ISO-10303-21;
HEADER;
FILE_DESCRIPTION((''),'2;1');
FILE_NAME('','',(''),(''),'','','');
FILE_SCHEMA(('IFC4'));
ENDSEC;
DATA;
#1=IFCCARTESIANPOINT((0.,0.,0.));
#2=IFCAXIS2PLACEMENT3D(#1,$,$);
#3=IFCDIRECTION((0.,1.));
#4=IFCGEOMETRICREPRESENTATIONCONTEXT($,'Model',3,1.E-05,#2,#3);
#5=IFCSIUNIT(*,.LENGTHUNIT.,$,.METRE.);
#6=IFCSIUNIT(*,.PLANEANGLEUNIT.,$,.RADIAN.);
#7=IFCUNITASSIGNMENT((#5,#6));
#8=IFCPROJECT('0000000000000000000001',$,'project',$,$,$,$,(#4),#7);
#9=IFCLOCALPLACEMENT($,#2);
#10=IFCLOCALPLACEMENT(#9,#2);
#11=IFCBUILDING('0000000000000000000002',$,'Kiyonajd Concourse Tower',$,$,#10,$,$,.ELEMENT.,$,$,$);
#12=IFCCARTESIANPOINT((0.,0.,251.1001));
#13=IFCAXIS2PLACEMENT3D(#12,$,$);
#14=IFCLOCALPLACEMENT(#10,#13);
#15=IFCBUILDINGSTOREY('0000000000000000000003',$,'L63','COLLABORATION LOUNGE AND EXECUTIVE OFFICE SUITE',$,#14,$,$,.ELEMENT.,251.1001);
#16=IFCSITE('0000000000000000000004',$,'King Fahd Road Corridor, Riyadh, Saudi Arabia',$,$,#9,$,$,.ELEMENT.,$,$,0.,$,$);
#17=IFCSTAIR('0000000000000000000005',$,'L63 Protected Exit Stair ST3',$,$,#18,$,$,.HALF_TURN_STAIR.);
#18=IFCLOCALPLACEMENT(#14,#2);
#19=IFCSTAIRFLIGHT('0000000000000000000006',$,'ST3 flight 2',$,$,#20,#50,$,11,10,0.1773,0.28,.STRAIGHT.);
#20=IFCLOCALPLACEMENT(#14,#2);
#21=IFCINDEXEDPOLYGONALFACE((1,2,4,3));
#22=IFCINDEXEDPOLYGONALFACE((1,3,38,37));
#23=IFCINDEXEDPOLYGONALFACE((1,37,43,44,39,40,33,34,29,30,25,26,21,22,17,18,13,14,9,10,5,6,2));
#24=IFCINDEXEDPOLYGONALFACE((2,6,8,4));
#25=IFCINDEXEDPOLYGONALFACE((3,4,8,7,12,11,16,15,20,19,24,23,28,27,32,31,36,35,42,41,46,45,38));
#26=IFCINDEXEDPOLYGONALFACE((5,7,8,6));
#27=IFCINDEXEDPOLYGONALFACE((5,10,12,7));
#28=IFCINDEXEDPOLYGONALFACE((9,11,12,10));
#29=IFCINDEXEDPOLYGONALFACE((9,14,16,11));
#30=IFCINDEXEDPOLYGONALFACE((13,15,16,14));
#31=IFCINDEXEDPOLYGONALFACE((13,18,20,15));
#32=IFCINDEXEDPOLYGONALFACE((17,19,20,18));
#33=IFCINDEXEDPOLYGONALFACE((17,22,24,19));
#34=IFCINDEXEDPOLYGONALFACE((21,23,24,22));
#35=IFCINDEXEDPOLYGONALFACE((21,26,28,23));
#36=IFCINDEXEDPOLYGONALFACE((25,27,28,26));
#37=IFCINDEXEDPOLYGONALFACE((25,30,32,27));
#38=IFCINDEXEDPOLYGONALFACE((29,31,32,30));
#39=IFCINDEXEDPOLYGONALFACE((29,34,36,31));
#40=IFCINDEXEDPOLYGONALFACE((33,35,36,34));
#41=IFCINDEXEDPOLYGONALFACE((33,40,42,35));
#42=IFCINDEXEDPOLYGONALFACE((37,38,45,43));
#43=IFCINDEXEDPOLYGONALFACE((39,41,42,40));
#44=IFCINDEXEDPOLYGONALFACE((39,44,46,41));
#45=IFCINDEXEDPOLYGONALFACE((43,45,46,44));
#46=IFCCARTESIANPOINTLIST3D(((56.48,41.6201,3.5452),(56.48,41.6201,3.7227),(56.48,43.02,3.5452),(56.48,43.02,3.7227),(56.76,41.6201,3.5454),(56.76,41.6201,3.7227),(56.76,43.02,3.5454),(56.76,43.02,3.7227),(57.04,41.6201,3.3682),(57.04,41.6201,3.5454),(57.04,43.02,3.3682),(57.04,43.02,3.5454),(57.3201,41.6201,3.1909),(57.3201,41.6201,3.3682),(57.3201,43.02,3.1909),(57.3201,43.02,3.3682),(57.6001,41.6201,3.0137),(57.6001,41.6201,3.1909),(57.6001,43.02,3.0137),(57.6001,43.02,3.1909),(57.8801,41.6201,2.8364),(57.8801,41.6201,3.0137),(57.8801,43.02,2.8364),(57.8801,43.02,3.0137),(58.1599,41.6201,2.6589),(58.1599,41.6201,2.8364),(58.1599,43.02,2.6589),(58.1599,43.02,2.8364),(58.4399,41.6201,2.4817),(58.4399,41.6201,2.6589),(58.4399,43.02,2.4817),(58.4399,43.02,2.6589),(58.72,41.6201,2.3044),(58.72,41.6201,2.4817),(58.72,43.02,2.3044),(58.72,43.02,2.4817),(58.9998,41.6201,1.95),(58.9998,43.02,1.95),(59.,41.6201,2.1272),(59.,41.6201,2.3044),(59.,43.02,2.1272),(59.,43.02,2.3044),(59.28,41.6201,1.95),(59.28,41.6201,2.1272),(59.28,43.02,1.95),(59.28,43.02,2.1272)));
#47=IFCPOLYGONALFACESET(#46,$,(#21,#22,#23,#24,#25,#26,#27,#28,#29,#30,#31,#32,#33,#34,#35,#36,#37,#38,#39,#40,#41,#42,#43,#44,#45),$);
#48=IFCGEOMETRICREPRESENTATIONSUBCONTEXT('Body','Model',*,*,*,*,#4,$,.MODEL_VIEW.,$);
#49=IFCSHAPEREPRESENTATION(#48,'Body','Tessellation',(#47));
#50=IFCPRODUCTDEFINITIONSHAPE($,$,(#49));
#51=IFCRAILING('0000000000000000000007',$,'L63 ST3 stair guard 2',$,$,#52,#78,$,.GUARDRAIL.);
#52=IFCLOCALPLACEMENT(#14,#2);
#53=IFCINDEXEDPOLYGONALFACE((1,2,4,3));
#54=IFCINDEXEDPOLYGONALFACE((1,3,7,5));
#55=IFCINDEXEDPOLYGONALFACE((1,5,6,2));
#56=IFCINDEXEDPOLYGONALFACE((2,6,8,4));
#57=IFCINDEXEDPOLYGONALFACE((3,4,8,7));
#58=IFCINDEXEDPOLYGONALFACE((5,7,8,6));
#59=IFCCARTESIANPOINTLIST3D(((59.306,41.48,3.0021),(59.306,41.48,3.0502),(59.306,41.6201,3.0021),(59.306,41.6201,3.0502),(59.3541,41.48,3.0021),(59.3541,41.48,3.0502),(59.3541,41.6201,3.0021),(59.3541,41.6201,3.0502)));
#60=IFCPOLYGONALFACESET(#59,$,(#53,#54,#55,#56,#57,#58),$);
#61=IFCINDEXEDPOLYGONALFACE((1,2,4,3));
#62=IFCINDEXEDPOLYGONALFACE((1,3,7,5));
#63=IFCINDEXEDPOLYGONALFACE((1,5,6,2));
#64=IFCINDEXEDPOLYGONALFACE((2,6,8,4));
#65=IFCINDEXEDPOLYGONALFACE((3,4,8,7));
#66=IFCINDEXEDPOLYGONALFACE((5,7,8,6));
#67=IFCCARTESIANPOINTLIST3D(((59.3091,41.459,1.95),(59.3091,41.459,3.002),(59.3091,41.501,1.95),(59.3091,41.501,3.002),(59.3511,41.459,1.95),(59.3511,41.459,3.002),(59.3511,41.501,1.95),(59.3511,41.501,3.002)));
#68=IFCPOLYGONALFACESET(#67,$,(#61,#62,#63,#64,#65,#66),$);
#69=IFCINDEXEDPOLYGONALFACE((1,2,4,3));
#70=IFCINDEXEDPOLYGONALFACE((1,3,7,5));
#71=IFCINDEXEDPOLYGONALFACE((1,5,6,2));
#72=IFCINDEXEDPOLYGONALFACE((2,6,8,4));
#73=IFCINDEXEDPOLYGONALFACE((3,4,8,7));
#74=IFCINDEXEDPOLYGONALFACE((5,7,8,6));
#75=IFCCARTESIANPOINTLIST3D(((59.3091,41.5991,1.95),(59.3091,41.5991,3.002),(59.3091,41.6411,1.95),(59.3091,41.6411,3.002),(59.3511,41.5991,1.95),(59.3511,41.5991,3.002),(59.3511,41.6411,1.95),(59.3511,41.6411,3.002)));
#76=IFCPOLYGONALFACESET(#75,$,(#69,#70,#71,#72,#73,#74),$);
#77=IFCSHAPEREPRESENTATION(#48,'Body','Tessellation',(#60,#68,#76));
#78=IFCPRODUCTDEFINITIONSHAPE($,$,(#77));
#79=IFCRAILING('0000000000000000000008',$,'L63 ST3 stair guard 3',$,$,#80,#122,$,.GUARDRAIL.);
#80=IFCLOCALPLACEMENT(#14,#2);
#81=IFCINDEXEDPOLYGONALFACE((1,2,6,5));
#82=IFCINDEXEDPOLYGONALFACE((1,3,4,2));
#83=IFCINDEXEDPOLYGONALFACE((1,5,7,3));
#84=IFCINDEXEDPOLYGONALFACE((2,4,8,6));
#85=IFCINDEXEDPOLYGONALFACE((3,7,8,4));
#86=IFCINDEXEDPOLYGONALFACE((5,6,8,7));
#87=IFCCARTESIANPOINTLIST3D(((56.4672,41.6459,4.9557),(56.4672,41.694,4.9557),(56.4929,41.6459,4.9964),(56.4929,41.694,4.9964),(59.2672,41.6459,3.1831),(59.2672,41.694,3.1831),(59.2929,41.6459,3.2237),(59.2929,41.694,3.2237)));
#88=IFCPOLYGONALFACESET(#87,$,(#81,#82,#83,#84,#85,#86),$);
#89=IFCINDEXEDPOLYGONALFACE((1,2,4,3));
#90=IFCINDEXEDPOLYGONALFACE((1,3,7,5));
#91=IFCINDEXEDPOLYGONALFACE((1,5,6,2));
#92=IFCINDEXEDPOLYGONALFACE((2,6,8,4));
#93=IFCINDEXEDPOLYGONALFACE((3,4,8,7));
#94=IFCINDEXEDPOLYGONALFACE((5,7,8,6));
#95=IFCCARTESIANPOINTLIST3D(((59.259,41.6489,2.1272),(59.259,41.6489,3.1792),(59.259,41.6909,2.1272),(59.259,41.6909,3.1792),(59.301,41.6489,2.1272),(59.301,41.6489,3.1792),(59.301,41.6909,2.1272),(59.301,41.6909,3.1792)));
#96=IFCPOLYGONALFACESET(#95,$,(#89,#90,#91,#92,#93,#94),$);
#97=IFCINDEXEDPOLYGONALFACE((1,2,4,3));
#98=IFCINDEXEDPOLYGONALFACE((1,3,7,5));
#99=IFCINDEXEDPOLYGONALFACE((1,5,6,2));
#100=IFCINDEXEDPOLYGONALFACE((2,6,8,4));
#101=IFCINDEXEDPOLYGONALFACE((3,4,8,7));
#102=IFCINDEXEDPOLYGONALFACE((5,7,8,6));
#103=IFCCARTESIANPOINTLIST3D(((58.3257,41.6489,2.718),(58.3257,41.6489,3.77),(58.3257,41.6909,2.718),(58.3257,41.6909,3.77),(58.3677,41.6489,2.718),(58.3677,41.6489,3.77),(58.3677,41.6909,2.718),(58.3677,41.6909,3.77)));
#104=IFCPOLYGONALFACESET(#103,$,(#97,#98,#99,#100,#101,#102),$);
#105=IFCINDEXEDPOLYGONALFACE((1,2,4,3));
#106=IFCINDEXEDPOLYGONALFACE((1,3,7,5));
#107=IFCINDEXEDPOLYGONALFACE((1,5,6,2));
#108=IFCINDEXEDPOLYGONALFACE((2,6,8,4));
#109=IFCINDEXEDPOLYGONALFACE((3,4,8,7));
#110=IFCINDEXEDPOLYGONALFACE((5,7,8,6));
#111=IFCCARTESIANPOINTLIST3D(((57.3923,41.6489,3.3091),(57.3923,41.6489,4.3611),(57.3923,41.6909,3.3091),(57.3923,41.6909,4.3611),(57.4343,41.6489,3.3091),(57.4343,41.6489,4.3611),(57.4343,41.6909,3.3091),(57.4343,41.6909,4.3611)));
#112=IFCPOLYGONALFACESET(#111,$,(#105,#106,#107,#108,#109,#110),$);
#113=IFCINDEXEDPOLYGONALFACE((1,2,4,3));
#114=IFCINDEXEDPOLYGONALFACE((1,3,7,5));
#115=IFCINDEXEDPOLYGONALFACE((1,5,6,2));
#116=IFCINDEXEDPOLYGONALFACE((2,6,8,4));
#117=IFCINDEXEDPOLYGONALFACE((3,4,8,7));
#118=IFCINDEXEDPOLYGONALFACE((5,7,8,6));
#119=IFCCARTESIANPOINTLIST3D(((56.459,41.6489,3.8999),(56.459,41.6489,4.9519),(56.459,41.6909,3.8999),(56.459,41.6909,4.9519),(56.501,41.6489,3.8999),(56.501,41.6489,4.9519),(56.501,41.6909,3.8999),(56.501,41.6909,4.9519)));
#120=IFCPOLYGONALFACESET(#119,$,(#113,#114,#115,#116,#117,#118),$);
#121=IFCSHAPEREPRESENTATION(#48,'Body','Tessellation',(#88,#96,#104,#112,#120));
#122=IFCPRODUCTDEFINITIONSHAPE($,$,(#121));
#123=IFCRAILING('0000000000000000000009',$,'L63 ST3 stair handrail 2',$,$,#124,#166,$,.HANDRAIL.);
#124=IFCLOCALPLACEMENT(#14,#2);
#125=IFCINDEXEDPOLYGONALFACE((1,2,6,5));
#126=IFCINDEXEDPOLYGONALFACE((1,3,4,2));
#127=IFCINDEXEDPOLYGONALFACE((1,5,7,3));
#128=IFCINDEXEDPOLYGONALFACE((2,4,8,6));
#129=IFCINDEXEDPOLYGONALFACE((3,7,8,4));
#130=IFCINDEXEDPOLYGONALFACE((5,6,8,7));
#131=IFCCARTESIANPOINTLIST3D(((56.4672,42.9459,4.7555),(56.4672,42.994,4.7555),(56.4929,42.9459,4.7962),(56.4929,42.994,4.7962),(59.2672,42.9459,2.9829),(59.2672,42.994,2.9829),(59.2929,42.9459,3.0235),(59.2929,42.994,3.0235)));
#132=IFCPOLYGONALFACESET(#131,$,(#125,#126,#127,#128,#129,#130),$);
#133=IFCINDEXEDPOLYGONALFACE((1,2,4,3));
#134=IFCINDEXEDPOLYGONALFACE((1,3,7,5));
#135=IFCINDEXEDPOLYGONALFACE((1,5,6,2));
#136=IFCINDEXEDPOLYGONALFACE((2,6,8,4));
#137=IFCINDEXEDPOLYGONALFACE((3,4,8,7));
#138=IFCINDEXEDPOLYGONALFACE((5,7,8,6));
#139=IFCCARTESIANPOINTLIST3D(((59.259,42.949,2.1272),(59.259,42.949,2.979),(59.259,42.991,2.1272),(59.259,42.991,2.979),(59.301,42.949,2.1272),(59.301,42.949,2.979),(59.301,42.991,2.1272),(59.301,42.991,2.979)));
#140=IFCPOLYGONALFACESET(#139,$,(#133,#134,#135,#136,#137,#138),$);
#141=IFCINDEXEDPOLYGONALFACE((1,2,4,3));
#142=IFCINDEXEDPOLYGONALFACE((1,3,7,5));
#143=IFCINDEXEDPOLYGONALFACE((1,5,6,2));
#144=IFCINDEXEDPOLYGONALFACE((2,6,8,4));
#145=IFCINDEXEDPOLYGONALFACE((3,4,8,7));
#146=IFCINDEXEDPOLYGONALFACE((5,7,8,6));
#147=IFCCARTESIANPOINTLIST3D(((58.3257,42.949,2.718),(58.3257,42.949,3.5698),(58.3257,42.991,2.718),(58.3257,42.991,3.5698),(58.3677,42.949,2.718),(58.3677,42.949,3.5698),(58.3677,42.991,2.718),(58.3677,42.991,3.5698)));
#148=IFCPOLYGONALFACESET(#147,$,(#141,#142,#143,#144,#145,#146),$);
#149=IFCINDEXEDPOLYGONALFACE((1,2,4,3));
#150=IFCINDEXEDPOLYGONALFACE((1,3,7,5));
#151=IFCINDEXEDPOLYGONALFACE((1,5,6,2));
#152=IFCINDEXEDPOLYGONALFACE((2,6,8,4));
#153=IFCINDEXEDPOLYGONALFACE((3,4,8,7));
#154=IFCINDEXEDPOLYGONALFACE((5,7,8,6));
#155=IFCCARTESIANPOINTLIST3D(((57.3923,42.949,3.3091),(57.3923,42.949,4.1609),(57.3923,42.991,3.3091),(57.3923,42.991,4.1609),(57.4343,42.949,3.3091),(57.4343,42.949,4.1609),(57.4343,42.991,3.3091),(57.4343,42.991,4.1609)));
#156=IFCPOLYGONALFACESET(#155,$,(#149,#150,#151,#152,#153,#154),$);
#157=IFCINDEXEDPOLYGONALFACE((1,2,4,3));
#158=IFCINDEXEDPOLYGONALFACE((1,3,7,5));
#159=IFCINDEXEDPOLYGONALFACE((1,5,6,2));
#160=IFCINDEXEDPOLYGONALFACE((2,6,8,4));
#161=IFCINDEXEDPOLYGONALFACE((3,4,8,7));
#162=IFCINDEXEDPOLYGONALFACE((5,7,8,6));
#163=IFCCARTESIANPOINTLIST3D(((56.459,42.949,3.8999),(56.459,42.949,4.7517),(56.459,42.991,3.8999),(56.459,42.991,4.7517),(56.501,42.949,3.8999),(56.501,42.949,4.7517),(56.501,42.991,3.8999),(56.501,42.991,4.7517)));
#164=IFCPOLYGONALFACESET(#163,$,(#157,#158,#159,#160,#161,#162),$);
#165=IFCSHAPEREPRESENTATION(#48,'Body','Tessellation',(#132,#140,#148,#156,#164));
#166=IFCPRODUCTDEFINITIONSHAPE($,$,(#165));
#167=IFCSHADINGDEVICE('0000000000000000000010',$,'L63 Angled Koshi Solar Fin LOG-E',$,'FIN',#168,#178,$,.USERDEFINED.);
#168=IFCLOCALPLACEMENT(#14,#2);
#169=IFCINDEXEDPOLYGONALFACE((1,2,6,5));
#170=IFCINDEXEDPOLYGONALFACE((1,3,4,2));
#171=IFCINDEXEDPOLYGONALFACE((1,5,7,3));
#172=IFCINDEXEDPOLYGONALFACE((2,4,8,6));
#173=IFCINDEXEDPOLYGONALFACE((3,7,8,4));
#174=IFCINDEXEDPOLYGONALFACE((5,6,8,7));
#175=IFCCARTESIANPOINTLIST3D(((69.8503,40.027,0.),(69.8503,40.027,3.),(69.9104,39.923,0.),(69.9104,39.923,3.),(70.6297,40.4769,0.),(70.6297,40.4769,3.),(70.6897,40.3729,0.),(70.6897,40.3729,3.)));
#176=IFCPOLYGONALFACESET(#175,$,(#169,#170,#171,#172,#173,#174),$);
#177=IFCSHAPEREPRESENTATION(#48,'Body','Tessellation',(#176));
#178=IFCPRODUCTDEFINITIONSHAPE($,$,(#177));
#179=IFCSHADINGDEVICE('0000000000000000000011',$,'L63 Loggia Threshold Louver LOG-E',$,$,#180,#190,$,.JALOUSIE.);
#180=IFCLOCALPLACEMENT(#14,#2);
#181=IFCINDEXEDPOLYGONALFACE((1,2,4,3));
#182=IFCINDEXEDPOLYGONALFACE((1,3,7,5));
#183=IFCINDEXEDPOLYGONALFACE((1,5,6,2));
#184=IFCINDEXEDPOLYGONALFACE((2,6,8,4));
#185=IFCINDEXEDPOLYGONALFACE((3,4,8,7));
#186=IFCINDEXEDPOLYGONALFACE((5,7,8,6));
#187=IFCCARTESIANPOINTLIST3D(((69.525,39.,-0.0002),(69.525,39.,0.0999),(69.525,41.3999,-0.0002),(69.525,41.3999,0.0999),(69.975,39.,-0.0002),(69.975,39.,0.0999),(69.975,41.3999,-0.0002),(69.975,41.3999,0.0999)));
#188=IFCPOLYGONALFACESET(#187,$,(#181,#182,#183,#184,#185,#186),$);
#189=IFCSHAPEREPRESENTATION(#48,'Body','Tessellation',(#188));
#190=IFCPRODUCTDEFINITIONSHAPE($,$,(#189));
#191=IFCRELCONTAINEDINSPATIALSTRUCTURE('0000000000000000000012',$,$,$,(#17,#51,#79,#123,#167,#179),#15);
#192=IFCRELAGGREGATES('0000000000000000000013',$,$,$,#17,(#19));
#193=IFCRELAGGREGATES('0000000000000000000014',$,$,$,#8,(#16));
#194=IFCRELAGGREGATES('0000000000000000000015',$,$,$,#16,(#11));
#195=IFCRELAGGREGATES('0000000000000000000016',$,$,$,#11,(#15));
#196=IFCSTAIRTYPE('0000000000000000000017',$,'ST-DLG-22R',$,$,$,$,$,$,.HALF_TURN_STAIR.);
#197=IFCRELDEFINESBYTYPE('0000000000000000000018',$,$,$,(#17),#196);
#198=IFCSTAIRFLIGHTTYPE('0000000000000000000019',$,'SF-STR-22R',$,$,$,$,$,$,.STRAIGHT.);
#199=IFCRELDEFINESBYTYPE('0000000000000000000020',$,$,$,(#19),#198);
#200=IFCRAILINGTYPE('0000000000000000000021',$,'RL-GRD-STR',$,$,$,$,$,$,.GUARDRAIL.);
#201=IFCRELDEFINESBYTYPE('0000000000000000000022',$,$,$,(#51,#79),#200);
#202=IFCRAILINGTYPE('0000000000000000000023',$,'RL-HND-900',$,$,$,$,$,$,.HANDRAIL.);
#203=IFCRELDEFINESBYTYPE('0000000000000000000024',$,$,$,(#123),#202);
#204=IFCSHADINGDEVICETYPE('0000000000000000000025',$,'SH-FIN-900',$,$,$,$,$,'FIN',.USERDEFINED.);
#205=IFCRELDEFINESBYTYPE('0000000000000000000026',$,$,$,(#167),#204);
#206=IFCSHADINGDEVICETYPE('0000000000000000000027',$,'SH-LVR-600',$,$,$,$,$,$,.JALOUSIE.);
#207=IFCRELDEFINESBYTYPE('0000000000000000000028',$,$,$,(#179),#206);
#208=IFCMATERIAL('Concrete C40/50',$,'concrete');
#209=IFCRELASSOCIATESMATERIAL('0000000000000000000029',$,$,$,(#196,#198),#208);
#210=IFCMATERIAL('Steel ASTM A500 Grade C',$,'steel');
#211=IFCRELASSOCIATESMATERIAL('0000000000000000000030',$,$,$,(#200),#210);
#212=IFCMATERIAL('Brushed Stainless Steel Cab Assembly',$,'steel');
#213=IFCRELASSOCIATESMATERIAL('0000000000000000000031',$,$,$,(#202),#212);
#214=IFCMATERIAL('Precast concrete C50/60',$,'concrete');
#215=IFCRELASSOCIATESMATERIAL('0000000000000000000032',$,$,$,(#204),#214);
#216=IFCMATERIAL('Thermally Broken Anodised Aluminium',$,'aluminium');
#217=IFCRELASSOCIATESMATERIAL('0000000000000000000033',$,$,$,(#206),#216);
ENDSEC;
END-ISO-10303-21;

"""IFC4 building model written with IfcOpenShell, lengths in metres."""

from ifc_helpers import new_model, si_unit, direction, frame, origin, origin_2d, place, context, subcontext, project, spatial, polyline, rectangle, outline, extrude, material, type_object, element, aggregate, save


model = new_model("IFC4")

# Units and contexts
model_context = context("Model", 3, precision=1e-05, world=origin(), true_north=direction((0.0, 1.0)))
body_context = subcontext(model_context, "Body", "Model", "MODEL_VIEW")
ifc_project = project(units=[si_unit("LENGTHUNIT", "METRE"), si_unit("PLANEANGLEUNIT", "RADIAN")], contexts=[model_context])

# Site, building, storey
site_placement = place(None, origin())
site = spatial("IfcSite", under=ifc_project, at=site_placement, Name="King Fahd Road Corridor, Riyadh, Saudi Arabia", CompositionType="ELEMENT", RefElevation=0.0)
building_placement = place(site_placement, origin())
building = spatial("IfcBuilding", under=site, at=building_placement, Name="Kiyonajd Concourse Tower", CompositionType="ELEMENT")
storey_placement = place(building_placement, frame((0.0, 0.0, 251.1001)))
storey = spatial("IfcBuildingStorey", under=building, at=storey_placement, Name="L63", Description="COLLABORATION LOUNGE AND EXECUTIVE OFFICE SUITE", CompositionType="ELEMENT", Elevation=251.1001)

# Shared definitions
ifc_material_1 = material(Name="Steel ASTM A500 Grade C", Category="steel")

# Shared definitions
ifc_material_2 = material(Name="Thermally Broken Anodised Aluminium", Category="aluminium")

# Shared definitions
ifc_material_3 = material(Name="Precast concrete C50/60", Category="concrete")

# Stair, stair flight
ifc_material_4 = material(Name="Concrete C40/50", Category="concrete")
stair_type = type_object("IfcStairType", Name="ST-DLG-22R", PredefinedType="HALF_TURN_STAIR", material=ifc_material_4)
stair_placement = place(storey_placement, origin())
stair = element("IfcStair", 1, at=stair_placement, inside=storey, type_object=stair_type, Name="L63 Protected Exit Stair ST3", PredefinedType="HALF_TURN_STAIR")
stair_flight_type = type_object("IfcStairFlightType", Name="SF-STR-22R", PredefinedType="STRAIGHT", material=ifc_material_4)
stair_flight_placement = place(storey_placement, frame((59.28, 42.3201, 1.95), z_axis=(0.0, 0.0, 1.0), x_axis=(-1.0, 0.0, 0.0)))
stair_flight = element("IfcStairFlight", 2, at=stair_flight_placement, type_object=stair_flight_type, Name="ST3 flight 2", NumberOfRisers=11, NumberOfTreads=10, PredefinedType="STRAIGHT", RiserHeight=0.1773, TreadLength=0.28, context=body_context, shape_type="SweptSolid", body=[
    extrude(outline(polyline([(0.0, 0.0), (0.0, 0.1772), (0.28, 0.1772), (0.28, 0.3545), (0.5601, 0.3545), (0.5601, 0.5317), (0.8401, 0.5317), (0.8401, 0.709), (1.1201, 0.709), (1.1201, 0.8865), (1.3999, 0.8865), (1.3999, 1.0637), (1.6799, 1.0637), (1.6799, 1.241), (1.96, 1.241), (1.96, 1.4182), (2.24, 1.4182), (2.24, 1.5955), (2.52, 1.5955), (2.52, 1.7727), (2.8, 1.7727), (2.8, 1.95), (2.8, 1.5952), (0.2803, 0.0), (0.0, 0.0)])), frame((0.0, 0.7, 0.0), z_axis=(0.0, -1.0, 0.0), x_axis=(1.0, 0.0, 0.0)), (0.0, 0.0, 1.0), 1.3999),
])
aggregate(stair, [stair_flight])

# Railings
railing_type_1 = type_object("IfcRailingType", Name="RL-GRD-STR", PredefinedType="GUARDRAIL", material=ifc_material_1)
railing_1_placement = place(storey_placement, frame((59.3301, 41.48, 1.95)))
element("IfcRailing", 3, at=railing_1_placement, inside=storey, type_object=railing_type_1, Name="L63 ST3 stair guard 2", PredefinedType="GUARDRAIL", context=body_context, shape_type="SweptSolid", body=[
    extrude(rectangle(XDim=0.0481, YDim=0.0481, at=origin_2d()), frame((0.0, 0.0, 1.0762), z_axis=(0.0, 1.0, 0.0), x_axis=(-1.0, 0.0, 0.0)), (0.0, 0.0, 1.0), 0.1401),
    extrude(rectangle(XDim=0.042, YDim=0.042, at=origin_2d()), origin(), (0.0, 0.0, 1.0), 1.052),
    extrude(rectangle(XDim=0.042, YDim=0.042, at=origin_2d()), frame((0.0, 0.1401, 0.0)), (0.0, 0.0, 1.0), 1.052),
])
railing_2_placement = place(storey_placement, frame((59.28, 41.6699, 2.1272)))
element("IfcRailing", 4, at=railing_2_placement, inside=storey, type_object=railing_type_1, Name="L63 ST3 stair guard 3", PredefinedType="GUARDRAIL", context=body_context, shape_type="SweptSolid", body=[
    extrude(rectangle(XDim=0.0481, YDim=0.0481, at=origin_2d()), frame((0.0, 0.0, 1.0762), z_axis=(-0.844909, 0.0, 0.53491), x_axis=(0.0, -1.0, 0.0)), (0.0, 0.0, 1.0), 3.314),
    extrude(rectangle(XDim=0.042, YDim=0.042, at=origin_2d()), origin(), (0.0, 0.0, 1.0), 1.052),
    extrude(rectangle(XDim=0.042, YDim=0.042, at=origin_2d()), frame((-0.9333, 0.0, 0.5908)), (0.0, 0.0, 1.0), 1.052),
    extrude(rectangle(XDim=0.042, YDim=0.042, at=origin_2d()), frame((-1.8667, 0.0, 1.1819)), (0.0, 0.0, 1.0), 1.052),
    extrude(rectangle(XDim=0.042, YDim=0.042, at=origin_2d()), frame((-2.8, 0.0, 1.7727)), (0.0, 0.0, 1.0), 1.052),
])
ifc_material_5 = material(Name="Brushed Stainless Steel Cab Assembly", Category="steel")
railing_type_2 = type_object("IfcRailingType", Name="RL-HND-900", PredefinedType="HANDRAIL", material=ifc_material_5)
railing_3_placement = place(storey_placement, frame((59.28, 42.97, 2.1272)))
element("IfcRailing", 5, at=railing_3_placement, inside=storey, type_object=railing_type_2, Name="L63 ST3 stair handrail 2", PredefinedType="HANDRAIL", context=body_context, shape_type="SweptSolid", body=[
    extrude(rectangle(XDim=0.0481, YDim=0.0481, at=origin_2d()), frame((0.0, 0.0, 0.876), z_axis=(-0.844909, 0.0, 0.53491), x_axis=(0.0, -1.0, 0.0)), (0.0, 0.0, 1.0), 3.314),
    extrude(rectangle(XDim=0.042, YDim=0.042, at=origin_2d()), origin(), (0.0, 0.0, 1.0), 0.8518),
    extrude(rectangle(XDim=0.042, YDim=0.042, at=origin_2d()), frame((-0.9333, 0.0, 0.5908)), (0.0, 0.0, 1.0), 0.8518),
    extrude(rectangle(XDim=0.042, YDim=0.042, at=origin_2d()), frame((-1.8667, 0.0, 1.1819)), (0.0, 0.0, 1.0), 0.8518),
    extrude(rectangle(XDim=0.042, YDim=0.042, at=origin_2d()), frame((-2.8, 0.0, 1.7727)), (0.0, 0.0, 1.0), 0.8518),
])

# Shading devices
shading_device_type_1 = type_object("IfcShadingDeviceType", Name="SH-FIN-900", ElementType="FIN", PredefinedType="USERDEFINED", material=ifc_material_3)
shading_device_1_placement = place(storey_placement, frame((70.27, 40.2, 0.0), z_axis=(0.0, 0.0, 1.0), x_axis=(0.866025, 0.5, 0.0)))
element("IfcShadingDevice", 6, at=shading_device_1_placement, inside=storey, type_object=shading_device_type_1, Name="L63 Angled Koshi Solar Fin LOG-E", ObjectType="FIN", PredefinedType="USERDEFINED", context=body_context, shape_type="SweptSolid", body=[
    extrude(rectangle(XDim=0.8999, YDim=0.1201, at=origin_2d()), origin(), (0.0, 0.0, 1.0), 3.0),
])
shading_device_type_2 = type_object("IfcShadingDeviceType", Name="SH-LVR-600", PredefinedType="JALOUSIE", material=ifc_material_2)
shading_device_2_placement = place(storey_placement, frame((69.75, 40.2, -0.0002), z_axis=(0.0, 0.0, 1.0), x_axis=(0.0, 1.0, 0.0)))
element("IfcShadingDevice", 7, at=shading_device_2_placement, inside=storey, type_object=shading_device_type_2, Name="L63 Loggia Threshold Louver LOG-E", PredefinedType="JALOUSIE", context=body_context, shape_type="SweptSolid", body=[
    extrude(rectangle(XDim=2.3999, YDim=0.45, at=origin_2d()), origin(), (0.0, 0.0, 1.0), 0.1001),
])

save(model, "model.ifc")
